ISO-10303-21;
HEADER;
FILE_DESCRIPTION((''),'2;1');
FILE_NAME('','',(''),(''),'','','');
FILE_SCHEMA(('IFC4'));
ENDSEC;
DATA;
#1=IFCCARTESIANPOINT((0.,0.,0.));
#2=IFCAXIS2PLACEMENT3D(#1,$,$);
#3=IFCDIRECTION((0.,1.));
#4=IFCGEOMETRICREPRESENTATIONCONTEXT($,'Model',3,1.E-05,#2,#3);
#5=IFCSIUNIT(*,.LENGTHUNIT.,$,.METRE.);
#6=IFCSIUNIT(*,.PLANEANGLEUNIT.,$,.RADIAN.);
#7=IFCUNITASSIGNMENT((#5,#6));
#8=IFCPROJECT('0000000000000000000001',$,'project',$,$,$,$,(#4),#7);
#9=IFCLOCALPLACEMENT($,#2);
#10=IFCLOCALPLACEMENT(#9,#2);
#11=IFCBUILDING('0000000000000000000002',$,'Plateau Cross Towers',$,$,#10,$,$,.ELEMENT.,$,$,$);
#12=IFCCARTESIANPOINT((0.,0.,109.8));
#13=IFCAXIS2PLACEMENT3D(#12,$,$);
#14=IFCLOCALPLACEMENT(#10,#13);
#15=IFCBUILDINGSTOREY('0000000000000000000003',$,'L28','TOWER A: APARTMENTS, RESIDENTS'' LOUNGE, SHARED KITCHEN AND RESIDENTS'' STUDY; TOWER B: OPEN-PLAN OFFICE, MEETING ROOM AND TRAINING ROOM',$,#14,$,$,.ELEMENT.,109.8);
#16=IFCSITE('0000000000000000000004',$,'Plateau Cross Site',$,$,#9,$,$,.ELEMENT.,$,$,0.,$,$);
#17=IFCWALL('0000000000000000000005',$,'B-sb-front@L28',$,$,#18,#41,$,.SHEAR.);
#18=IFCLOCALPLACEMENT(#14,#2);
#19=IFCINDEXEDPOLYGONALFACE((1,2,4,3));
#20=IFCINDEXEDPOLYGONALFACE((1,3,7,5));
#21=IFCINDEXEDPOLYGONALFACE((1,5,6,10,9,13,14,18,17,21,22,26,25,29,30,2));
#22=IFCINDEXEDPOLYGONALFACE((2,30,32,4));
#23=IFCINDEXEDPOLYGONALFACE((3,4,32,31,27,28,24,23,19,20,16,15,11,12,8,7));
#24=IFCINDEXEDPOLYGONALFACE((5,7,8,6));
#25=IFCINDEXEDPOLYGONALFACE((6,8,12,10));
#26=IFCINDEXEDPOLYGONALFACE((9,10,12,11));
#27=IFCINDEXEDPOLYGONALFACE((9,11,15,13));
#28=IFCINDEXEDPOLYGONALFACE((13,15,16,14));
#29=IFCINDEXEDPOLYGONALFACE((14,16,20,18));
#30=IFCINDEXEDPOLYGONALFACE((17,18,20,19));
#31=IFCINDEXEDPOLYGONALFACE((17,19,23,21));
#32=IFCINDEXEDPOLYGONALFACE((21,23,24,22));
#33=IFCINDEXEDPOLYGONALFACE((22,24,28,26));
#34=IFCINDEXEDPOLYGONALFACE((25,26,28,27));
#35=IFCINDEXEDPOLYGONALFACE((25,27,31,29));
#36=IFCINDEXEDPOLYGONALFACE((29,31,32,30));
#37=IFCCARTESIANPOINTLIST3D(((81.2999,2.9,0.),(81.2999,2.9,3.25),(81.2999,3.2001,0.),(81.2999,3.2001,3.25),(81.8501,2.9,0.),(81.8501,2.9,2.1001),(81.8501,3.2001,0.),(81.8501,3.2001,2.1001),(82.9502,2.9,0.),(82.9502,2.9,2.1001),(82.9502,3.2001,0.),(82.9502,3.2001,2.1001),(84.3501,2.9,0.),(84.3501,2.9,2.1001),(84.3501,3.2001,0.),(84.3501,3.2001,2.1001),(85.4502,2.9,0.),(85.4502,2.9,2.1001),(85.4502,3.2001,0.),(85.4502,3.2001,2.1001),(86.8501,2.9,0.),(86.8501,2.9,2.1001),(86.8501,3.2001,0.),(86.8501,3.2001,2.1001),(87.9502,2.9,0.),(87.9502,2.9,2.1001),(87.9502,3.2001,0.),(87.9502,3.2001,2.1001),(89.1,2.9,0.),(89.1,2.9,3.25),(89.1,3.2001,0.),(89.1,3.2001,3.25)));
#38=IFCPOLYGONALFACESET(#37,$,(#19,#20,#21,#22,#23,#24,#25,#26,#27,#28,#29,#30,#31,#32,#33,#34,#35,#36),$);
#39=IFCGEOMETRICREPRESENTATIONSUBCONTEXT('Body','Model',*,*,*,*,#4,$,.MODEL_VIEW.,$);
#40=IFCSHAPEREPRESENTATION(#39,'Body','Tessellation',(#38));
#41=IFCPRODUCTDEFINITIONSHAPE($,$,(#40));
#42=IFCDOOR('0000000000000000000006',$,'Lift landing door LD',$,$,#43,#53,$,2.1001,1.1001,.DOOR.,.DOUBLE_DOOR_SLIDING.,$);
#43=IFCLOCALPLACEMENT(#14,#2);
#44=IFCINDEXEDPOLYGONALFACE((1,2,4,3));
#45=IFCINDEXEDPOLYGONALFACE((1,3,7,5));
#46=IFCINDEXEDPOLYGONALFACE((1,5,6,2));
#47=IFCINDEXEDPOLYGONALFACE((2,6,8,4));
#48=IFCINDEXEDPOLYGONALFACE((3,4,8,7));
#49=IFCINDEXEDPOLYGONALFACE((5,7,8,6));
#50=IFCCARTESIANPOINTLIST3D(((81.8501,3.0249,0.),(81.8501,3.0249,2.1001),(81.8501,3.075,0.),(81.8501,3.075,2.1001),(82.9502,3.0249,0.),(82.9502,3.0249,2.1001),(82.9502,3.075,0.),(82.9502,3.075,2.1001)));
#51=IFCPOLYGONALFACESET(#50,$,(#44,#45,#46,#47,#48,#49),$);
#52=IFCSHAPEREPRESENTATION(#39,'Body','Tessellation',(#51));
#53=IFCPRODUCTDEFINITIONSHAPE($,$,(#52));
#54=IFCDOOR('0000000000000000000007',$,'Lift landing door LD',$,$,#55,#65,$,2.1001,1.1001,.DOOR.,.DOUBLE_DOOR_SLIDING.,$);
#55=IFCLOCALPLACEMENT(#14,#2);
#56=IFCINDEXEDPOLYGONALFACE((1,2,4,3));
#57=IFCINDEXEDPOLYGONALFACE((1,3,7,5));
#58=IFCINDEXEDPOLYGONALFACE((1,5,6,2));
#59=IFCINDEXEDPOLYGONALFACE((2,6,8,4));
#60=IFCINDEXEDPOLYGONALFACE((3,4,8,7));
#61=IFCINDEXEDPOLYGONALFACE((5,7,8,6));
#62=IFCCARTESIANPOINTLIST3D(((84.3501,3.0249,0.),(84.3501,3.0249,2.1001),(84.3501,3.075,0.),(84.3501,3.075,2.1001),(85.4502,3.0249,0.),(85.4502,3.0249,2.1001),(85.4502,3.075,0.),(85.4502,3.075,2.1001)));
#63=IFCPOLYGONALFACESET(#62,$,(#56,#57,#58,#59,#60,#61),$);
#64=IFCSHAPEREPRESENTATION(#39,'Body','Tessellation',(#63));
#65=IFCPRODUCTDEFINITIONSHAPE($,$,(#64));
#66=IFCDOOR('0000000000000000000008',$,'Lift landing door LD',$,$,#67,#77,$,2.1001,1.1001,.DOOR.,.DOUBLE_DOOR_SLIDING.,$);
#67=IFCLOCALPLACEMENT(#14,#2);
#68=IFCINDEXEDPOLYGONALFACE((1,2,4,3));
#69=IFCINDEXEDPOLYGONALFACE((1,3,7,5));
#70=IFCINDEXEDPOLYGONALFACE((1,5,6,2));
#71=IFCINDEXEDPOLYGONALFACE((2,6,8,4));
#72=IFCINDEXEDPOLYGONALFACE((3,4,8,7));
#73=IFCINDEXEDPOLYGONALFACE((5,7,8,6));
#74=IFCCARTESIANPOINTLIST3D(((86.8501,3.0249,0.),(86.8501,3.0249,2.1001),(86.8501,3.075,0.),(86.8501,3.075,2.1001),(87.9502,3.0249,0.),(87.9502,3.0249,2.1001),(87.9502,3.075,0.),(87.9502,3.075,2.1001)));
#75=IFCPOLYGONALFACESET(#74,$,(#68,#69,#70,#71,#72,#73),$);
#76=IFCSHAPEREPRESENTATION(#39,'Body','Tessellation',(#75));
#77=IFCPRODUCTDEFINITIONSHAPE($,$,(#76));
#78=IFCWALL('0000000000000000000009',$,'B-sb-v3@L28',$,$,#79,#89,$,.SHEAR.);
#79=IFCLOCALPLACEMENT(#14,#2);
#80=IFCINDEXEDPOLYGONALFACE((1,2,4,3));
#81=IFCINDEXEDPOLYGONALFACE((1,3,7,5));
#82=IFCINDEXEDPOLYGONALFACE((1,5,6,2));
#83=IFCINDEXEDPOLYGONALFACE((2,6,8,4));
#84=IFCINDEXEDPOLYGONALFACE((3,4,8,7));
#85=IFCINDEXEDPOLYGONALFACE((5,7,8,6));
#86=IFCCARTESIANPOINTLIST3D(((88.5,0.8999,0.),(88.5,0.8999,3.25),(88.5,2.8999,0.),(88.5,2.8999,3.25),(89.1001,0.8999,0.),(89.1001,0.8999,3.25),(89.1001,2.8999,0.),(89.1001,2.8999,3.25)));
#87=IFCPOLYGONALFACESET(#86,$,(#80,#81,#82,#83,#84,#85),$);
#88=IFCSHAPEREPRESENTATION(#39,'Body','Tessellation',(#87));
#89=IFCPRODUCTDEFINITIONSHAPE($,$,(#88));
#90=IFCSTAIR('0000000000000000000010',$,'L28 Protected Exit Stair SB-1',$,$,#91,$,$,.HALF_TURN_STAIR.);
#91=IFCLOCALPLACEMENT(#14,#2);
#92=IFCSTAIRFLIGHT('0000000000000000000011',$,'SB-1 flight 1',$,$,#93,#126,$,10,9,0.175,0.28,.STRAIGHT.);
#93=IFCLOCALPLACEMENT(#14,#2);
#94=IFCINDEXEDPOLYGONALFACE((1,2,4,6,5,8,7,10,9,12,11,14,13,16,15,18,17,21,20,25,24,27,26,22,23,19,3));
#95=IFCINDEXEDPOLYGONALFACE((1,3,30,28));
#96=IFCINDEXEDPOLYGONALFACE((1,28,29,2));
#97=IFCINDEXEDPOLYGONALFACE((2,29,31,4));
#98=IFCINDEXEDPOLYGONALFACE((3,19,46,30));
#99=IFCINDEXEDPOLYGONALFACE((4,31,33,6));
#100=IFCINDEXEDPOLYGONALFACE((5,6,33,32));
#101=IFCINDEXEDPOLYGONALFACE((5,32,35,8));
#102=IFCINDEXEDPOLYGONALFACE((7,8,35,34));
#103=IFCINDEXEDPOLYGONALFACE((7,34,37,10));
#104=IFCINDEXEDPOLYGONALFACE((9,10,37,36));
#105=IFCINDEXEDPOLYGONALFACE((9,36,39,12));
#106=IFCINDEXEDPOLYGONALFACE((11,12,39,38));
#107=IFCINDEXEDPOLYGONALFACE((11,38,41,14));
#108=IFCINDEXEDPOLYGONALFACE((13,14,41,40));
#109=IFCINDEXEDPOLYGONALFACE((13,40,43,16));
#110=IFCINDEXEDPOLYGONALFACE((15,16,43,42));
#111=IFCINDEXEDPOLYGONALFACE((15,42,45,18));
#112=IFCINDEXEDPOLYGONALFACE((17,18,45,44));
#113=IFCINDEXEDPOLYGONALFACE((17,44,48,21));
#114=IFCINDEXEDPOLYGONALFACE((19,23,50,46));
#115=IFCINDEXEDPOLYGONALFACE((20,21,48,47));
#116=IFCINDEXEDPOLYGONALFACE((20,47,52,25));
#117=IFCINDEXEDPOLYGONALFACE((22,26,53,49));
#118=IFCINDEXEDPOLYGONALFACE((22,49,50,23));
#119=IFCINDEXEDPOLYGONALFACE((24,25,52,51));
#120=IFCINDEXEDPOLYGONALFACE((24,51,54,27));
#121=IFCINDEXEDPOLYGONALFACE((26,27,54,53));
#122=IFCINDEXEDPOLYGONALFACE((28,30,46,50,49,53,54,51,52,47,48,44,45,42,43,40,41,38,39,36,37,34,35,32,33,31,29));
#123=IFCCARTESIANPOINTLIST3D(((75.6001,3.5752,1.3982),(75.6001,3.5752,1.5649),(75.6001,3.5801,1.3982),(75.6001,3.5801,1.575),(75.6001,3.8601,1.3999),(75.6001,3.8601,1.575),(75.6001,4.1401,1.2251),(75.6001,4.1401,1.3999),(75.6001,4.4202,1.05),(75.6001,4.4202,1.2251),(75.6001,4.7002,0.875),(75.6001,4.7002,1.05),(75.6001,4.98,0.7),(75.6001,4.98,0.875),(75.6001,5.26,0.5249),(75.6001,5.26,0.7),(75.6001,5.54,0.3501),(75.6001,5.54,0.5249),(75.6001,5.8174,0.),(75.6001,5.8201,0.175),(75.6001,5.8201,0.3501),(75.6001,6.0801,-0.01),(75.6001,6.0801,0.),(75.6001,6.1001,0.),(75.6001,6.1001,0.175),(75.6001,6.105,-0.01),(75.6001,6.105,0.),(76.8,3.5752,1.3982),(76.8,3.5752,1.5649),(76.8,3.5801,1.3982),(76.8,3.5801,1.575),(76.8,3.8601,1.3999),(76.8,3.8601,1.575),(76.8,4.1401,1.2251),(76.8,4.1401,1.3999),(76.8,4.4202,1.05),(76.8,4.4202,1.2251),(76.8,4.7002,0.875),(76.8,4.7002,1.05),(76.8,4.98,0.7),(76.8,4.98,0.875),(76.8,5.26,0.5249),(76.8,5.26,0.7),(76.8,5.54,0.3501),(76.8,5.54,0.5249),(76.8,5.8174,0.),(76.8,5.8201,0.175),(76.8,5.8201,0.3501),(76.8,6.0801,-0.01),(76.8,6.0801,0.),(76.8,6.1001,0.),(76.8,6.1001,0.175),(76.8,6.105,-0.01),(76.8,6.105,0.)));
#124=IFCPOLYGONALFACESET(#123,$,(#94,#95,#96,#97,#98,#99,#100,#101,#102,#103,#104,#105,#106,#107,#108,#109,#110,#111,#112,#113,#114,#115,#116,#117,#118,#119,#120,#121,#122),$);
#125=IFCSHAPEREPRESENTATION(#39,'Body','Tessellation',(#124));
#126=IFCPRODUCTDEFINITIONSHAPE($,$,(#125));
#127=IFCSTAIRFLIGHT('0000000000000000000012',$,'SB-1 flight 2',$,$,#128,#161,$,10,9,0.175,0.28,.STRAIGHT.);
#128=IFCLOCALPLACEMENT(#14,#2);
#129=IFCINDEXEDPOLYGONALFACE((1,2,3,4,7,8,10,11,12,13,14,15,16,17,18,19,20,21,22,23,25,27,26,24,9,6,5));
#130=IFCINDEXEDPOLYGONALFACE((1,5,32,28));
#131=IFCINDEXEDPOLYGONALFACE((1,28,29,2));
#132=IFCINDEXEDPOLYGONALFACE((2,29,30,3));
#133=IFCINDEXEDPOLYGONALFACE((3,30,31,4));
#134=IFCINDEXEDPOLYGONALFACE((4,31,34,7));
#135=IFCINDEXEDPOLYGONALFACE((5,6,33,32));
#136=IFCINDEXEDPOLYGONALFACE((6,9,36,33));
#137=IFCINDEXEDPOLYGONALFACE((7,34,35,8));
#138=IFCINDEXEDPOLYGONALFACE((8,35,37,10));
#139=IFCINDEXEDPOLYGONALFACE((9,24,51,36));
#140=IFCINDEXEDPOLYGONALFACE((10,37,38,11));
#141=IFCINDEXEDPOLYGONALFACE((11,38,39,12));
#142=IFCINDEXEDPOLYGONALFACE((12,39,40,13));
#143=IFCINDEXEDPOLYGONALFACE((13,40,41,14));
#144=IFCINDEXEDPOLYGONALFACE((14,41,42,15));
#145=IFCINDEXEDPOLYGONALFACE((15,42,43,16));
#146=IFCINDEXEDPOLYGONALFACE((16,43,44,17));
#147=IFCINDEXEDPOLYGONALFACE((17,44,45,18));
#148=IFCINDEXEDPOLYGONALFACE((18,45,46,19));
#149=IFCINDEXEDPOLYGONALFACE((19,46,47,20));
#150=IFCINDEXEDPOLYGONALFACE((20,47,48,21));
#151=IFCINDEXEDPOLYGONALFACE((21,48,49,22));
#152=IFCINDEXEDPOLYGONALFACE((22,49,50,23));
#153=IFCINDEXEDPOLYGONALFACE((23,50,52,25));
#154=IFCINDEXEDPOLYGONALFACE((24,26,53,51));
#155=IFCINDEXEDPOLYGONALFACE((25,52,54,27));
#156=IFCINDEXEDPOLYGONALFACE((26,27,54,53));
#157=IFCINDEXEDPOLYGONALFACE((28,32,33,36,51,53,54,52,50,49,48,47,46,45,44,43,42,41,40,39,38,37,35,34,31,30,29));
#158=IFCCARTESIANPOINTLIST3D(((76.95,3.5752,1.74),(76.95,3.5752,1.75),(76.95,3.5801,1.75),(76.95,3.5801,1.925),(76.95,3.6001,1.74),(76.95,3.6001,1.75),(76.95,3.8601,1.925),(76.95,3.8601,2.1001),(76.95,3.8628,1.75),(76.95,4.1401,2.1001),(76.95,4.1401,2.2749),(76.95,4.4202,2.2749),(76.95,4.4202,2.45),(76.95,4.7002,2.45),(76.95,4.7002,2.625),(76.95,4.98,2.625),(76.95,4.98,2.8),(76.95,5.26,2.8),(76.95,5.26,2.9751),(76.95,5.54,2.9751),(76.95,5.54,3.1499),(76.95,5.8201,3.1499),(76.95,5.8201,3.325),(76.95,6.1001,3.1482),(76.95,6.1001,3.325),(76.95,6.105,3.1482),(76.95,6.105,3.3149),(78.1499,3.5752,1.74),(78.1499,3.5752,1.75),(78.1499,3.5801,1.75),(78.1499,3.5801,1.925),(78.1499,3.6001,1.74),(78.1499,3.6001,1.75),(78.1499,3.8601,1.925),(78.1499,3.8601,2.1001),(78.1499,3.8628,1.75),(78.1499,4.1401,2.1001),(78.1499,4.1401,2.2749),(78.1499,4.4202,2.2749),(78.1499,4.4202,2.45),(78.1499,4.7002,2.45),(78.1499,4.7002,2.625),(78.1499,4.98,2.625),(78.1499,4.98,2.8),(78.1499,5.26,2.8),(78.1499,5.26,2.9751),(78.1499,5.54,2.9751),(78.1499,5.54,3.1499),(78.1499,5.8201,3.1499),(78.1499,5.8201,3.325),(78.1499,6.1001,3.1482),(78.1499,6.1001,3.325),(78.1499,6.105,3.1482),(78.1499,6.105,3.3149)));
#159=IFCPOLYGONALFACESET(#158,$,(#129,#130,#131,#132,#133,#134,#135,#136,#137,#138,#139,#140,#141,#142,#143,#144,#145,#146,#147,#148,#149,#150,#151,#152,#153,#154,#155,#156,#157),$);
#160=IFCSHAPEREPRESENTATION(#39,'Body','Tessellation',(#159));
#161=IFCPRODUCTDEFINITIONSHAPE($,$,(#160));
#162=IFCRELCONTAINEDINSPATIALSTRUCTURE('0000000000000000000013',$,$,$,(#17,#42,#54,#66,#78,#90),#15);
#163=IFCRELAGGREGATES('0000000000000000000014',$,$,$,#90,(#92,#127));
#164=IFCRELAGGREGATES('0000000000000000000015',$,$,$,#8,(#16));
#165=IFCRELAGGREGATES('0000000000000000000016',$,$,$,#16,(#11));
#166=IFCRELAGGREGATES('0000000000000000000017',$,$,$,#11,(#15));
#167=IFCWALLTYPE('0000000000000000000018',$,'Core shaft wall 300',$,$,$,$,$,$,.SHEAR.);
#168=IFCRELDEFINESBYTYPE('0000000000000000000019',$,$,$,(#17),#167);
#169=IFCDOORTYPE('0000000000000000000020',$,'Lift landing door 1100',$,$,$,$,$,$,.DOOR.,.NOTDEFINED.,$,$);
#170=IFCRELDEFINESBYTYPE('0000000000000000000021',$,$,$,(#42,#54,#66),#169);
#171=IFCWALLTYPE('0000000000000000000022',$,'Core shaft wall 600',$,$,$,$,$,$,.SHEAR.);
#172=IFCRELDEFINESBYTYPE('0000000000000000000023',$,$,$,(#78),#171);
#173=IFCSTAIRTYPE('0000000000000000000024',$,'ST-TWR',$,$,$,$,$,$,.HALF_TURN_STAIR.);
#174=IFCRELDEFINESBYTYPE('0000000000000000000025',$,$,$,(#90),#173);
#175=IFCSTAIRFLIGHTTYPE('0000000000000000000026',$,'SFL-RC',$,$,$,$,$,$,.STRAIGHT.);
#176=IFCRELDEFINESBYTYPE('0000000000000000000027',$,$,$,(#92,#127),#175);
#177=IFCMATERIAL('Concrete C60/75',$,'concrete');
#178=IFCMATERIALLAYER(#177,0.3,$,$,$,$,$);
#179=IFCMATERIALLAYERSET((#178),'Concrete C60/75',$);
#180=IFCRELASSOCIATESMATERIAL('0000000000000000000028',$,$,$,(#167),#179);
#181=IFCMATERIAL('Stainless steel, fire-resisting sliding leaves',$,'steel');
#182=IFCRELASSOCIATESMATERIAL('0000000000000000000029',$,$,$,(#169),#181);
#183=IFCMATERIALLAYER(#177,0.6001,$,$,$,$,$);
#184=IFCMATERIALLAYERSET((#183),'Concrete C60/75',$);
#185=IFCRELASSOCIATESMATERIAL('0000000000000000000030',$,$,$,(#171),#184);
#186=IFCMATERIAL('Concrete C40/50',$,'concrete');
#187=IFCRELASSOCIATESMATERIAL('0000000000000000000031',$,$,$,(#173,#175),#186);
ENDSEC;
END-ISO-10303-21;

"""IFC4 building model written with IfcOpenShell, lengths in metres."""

from ifc_helpers import new_model, si_unit, direction, frame, frame_2d, origin, place, context, subcontext, project, spatial, polyline, rectangle, outline, extrude, material, layer, layer_set, type_object, element, fill, aggregate, save


model = new_model("IFC4")

# Units and contexts
model_context = context("Model", 3, precision=1e-05, world=origin(), true_north=direction((0.0, 1.0)))
body_context = subcontext(model_context, "Body", "Model", "MODEL_VIEW")
ifc_project = project(units=[si_unit("LENGTHUNIT", "METRE"), si_unit("PLANEANGLEUNIT", "RADIAN")], contexts=[model_context])

# Site, building, storey
site_placement = place(None, origin())
site = spatial("IfcSite", under=ifc_project, at=site_placement, Name="Plateau Cross Site", CompositionType="ELEMENT", RefElevation=0.0)
building_placement = place(site_placement, origin())
building = spatial("IfcBuilding", under=site, at=building_placement, Name="Plateau Cross Towers", CompositionType="ELEMENT")
storey_placement = place(building_placement, frame((0.0, 0.0, 109.8)))
storey = spatial("IfcBuildingStorey", under=building, at=storey_placement, Name="L28", Description="TOWER A: APARTMENTS, RESIDENTS' LOUNGE, SHARED KITCHEN AND RESIDENTS' STUDY; TOWER B: OPEN-PLAN OFFICE, MEETING ROOM AND TRAINING ROOM", CompositionType="ELEMENT", Elevation=109.8)

# Shared definitions
ifc_material_1 = material(Name="Concrete C60/75", Category="concrete")

# Shared definitions
ifc_layer_1 = layer(ifc_material_1, 0.3)
ifc_layer_set_1 = layer_set([ifc_layer_1], Name="Concrete C60/75")
wall_type_1 = type_object("IfcWallType", Name="Core shaft wall 300", PredefinedType="SHEAR", material=ifc_layer_set_1)

# Wall, openings, doors
wall_1_placement = place(storey_placement, frame((81.3, 3.05, 0.0), z_axis=(0.0, 0.0, 1.0), x_axis=(1.0, 0.0, 0.0)))
wall_1 = element("IfcWall", 1, at=wall_1_placement, inside=storey, type_object=wall_type_1, Name="B-sb-front@L28", PredefinedType="SHEAR", context=body_context, shape_type="SweptSolid", body=[
    extrude(rectangle(XDim=7.8, YDim=0.3, at=frame_2d((3.8999, 0.0))), origin(), (0.0, 0.0, 1.0), 3.25),
])
opening_1_placement = place(wall_1_placement, frame((0.55, 0.0, 0.0)))
opening_1 = element("IfcOpeningElement", 2, at=opening_1_placement, cuts=wall_1, PredefinedType="OPENING", context=body_context, shape_type="SweptSolid", body=[
    extrude(rectangle(XDim=1.1001, YDim=2.1001, at=frame_2d((0.55, 1.05))), frame((0.0, 0.1599, 0.0), z_axis=(0.0, -1.0, 0.0), x_axis=(1.0, 0.0, 0.0)), (0.0, 0.0, 1.0), 0.3201),
])
opening_2_placement = place(wall_1_placement, frame((3.05, 0.0, 0.0)))
opening_2 = element("IfcOpeningElement", 3, at=opening_2_placement, cuts=wall_1, PredefinedType="OPENING", context=body_context, shape_type="SweptSolid", body=[
    extrude(rectangle(XDim=1.1001, YDim=2.1001, at=frame_2d((0.55, 1.05))), frame((0.0, 0.1599, 0.0), z_axis=(0.0, -1.0, 0.0), x_axis=(1.0, 0.0, 0.0)), (0.0, 0.0, 1.0), 0.3201),
])
opening_3_placement = place(wall_1_placement, frame((5.55, 0.0, 0.0)))
opening_3 = element("IfcOpeningElement", 4, at=opening_3_placement, cuts=wall_1, PredefinedType="OPENING", context=body_context, shape_type="SweptSolid", body=[
    extrude(rectangle(XDim=1.1001, YDim=2.1001, at=frame_2d((0.55, 1.05))), frame((0.0, 0.1599, 0.0), z_axis=(0.0, -1.0, 0.0), x_axis=(1.0, 0.0, 0.0)), (0.0, 0.0, 1.0), 0.3201),
])
ifc_material_2 = material(Name="Stainless steel, fire-resisting sliding leaves", Category="steel")
door_type_1 = type_object("IfcDoorType", Name="Lift landing door 1100", OperationType="NOTDEFINED", PredefinedType="DOOR", material=ifc_material_2)
door_1_placement = place(opening_1_placement, origin())
door_1 = element("IfcDoor", 5, at=door_1_placement, inside=storey, type_object=door_type_1, Name="Lift landing door LD", OperationType="DOUBLE_DOOR_SLIDING", OverallHeight=2.1001, OverallWidth=1.1001, PredefinedType="DOOR", context=body_context, shape_type="SweptSolid", body=[
    extrude(rectangle(XDim=1.1001, YDim=2.1001, at=frame_2d((0.55, 1.05))), frame((0.0, 0.0249, 0.0), z_axis=(0.0, -1.0, 0.0), x_axis=(1.0, 0.0, 0.0)), (0.0, 0.0, 1.0), 0.05),
])
fill(opening_1, door_1)
door_2_placement = place(opening_2_placement, origin())
door_2 = element("IfcDoor", 6, at=door_2_placement, inside=storey, type_object=door_type_1, Name="Lift landing door LD", OperationType="DOUBLE_DOOR_SLIDING", OverallHeight=2.1001, OverallWidth=1.1001, PredefinedType="DOOR", context=body_context, shape_type="SweptSolid", body=[
    extrude(rectangle(XDim=1.1001, YDim=2.1001, at=frame_2d((0.55, 1.05))), frame((0.0, 0.0249, 0.0), z_axis=(0.0, -1.0, 0.0), x_axis=(1.0, 0.0, 0.0)), (0.0, 0.0, 1.0), 0.05),
])
fill(opening_2, door_2)
door_3_placement = place(opening_3_placement, origin())
door_3 = element("IfcDoor", 7, at=door_3_placement, inside=storey, type_object=door_type_1, Name="Lift landing door LD", OperationType="DOUBLE_DOOR_SLIDING", OverallHeight=2.1001, OverallWidth=1.1001, PredefinedType="DOOR", context=body_context, shape_type="SweptSolid", body=[
    extrude(rectangle(XDim=1.1001, YDim=2.1001, at=frame_2d((0.55, 1.05))), frame((0.0, 0.0249, 0.0), z_axis=(0.0, -1.0, 0.0), x_axis=(1.0, 0.0, 0.0)), (0.0, 0.0, 1.0), 0.05),
])
fill(opening_3, door_3)

# Wall
ifc_layer_2 = layer(ifc_material_1, 0.6001)
ifc_layer_set_2 = layer_set([ifc_layer_2], Name="Concrete C60/75")
wall_type_2 = type_object("IfcWallType", Name="Core shaft wall 600", PredefinedType="SHEAR", material=ifc_layer_set_2)
wall_2_placement = place(storey_placement, frame((88.8, 0.8999, 0.0), z_axis=(0.0, 0.0, 1.0), x_axis=(0.0, 1.0, 0.0)))
element("IfcWall", 8, at=wall_2_placement, inside=storey, type_object=wall_type_2, Name="B-sb-v3@L28", PredefinedType="SHEAR", context=body_context, shape_type="SweptSolid", body=[
    extrude(rectangle(XDim=2.0, YDim=0.6001, at=frame_2d((1.0, 0.0))), origin(), (0.0, 0.0, 1.0), 3.25),
])

# Stair, stair flights
ifc_material_3 = material(Name="Concrete C40/50", Category="concrete")
stair_type = type_object("IfcStairType", Name="ST-TWR", PredefinedType="HALF_TURN_STAIR", material=ifc_material_3)
stair_1_placement = place(storey_placement, origin())
stair_1 = element("IfcStair", 9, at=stair_1_placement, inside=storey, type_object=stair_type, Name="L28 Protected Exit Stair SB-1", PredefinedType="HALF_TURN_STAIR")
stair_flight_type = type_object("IfcStairFlightType", Name="SFL-RC", PredefinedType="STRAIGHT", material=ifc_material_3)
stair_flight_1_placement = place(storey_placement, frame((76.2, 6.1001, 0.0), z_axis=(0.0, 0.0, 1.0), x_axis=(0.0, -1.0, 0.0)))
stair_flight_1 = element("IfcStairFlight", 10, at=stair_flight_1_placement, type_object=stair_flight_type, Name="SB-1 flight 1", NumberOfRisers=10, NumberOfTreads=9, PredefinedType="STRAIGHT", RiserHeight=0.175, TreadLength=0.28, context=body_context, shape_type="SweptSolid", body=[
    extrude(outline(polyline([(-0.0049, -0.01), (-0.0049, 0.0), (0.0, 0.0), (0.0, 0.175), (0.28, 0.175), (0.28, 0.3501), (0.5601, 0.3501), (0.5601, 0.5249), (0.8401, 0.5249), (0.8401, 0.7), (1.1201, 0.7), (1.1201, 0.875), (1.3999, 0.875), (1.3999, 1.05), (1.6799, 1.05), (1.6799, 1.2251), (1.96, 1.2251), (1.96, 1.3999), (2.24, 1.3999), (2.24, 1.575), (2.52, 1.575), (2.5249, 1.5649), (2.5249, 1.3982), (2.52, 1.3982), (0.2827, 0.0), (0.02, 0.0), (0.02, -0.01), (-0.0049, -0.01)])), frame((0.0, 0.6001, 0.0), z_axis=(0.0, -1.0, 0.0), x_axis=(1.0, 0.0, 0.0)), (0.0, 0.0, 1.0), 1.2),
])
stair_flight_2_placement = place(storey_placement, frame((77.55, 3.5801, 1.75), z_axis=(0.0, 0.0, 1.0), x_axis=(0.0, 1.0, 0.0)))
stair_flight_2 = element("IfcStairFlight", 11, at=stair_flight_2_placement, type_object=stair_flight_type, Name="SB-1 flight 2", NumberOfRisers=10, NumberOfTreads=9, PredefinedType="STRAIGHT", RiserHeight=0.175, TreadLength=0.28, context=body_context, shape_type="SweptSolid", body=[
    extrude(outline(polyline([(-0.0049, -0.01), (-0.0049, 0.0), (0.0, 0.0), (0.0, 0.175), (0.28, 0.175), (0.28, 0.3501), (0.5601, 0.3501), (0.5601, 0.5249), (0.8401, 0.5249), (0.8401, 0.7), (1.1201, 0.7), (1.1201, 0.875), (1.3999, 0.875), (1.3999, 1.05), (1.6799, 1.05), (1.6799, 1.2251), (1.96, 1.2251), (1.96, 1.3999), (2.24, 1.3999), (2.24, 1.575), (2.52, 1.575), (2.5249, 1.5649), (2.5249, 1.3982), (2.52, 1.3982), (0.2827, 0.0), (0.02, 0.0), (0.02, -0.01), (-0.0049, -0.01)])), frame((0.0, 0.6001, 0.0), z_axis=(0.0, -1.0, 0.0), x_axis=(1.0, 0.0, 0.0)), (0.0, 0.0, 1.0), 1.2),
])
aggregate(stair_1, [stair_flight_1, stair_flight_2])

save(model, "model.ifc")
